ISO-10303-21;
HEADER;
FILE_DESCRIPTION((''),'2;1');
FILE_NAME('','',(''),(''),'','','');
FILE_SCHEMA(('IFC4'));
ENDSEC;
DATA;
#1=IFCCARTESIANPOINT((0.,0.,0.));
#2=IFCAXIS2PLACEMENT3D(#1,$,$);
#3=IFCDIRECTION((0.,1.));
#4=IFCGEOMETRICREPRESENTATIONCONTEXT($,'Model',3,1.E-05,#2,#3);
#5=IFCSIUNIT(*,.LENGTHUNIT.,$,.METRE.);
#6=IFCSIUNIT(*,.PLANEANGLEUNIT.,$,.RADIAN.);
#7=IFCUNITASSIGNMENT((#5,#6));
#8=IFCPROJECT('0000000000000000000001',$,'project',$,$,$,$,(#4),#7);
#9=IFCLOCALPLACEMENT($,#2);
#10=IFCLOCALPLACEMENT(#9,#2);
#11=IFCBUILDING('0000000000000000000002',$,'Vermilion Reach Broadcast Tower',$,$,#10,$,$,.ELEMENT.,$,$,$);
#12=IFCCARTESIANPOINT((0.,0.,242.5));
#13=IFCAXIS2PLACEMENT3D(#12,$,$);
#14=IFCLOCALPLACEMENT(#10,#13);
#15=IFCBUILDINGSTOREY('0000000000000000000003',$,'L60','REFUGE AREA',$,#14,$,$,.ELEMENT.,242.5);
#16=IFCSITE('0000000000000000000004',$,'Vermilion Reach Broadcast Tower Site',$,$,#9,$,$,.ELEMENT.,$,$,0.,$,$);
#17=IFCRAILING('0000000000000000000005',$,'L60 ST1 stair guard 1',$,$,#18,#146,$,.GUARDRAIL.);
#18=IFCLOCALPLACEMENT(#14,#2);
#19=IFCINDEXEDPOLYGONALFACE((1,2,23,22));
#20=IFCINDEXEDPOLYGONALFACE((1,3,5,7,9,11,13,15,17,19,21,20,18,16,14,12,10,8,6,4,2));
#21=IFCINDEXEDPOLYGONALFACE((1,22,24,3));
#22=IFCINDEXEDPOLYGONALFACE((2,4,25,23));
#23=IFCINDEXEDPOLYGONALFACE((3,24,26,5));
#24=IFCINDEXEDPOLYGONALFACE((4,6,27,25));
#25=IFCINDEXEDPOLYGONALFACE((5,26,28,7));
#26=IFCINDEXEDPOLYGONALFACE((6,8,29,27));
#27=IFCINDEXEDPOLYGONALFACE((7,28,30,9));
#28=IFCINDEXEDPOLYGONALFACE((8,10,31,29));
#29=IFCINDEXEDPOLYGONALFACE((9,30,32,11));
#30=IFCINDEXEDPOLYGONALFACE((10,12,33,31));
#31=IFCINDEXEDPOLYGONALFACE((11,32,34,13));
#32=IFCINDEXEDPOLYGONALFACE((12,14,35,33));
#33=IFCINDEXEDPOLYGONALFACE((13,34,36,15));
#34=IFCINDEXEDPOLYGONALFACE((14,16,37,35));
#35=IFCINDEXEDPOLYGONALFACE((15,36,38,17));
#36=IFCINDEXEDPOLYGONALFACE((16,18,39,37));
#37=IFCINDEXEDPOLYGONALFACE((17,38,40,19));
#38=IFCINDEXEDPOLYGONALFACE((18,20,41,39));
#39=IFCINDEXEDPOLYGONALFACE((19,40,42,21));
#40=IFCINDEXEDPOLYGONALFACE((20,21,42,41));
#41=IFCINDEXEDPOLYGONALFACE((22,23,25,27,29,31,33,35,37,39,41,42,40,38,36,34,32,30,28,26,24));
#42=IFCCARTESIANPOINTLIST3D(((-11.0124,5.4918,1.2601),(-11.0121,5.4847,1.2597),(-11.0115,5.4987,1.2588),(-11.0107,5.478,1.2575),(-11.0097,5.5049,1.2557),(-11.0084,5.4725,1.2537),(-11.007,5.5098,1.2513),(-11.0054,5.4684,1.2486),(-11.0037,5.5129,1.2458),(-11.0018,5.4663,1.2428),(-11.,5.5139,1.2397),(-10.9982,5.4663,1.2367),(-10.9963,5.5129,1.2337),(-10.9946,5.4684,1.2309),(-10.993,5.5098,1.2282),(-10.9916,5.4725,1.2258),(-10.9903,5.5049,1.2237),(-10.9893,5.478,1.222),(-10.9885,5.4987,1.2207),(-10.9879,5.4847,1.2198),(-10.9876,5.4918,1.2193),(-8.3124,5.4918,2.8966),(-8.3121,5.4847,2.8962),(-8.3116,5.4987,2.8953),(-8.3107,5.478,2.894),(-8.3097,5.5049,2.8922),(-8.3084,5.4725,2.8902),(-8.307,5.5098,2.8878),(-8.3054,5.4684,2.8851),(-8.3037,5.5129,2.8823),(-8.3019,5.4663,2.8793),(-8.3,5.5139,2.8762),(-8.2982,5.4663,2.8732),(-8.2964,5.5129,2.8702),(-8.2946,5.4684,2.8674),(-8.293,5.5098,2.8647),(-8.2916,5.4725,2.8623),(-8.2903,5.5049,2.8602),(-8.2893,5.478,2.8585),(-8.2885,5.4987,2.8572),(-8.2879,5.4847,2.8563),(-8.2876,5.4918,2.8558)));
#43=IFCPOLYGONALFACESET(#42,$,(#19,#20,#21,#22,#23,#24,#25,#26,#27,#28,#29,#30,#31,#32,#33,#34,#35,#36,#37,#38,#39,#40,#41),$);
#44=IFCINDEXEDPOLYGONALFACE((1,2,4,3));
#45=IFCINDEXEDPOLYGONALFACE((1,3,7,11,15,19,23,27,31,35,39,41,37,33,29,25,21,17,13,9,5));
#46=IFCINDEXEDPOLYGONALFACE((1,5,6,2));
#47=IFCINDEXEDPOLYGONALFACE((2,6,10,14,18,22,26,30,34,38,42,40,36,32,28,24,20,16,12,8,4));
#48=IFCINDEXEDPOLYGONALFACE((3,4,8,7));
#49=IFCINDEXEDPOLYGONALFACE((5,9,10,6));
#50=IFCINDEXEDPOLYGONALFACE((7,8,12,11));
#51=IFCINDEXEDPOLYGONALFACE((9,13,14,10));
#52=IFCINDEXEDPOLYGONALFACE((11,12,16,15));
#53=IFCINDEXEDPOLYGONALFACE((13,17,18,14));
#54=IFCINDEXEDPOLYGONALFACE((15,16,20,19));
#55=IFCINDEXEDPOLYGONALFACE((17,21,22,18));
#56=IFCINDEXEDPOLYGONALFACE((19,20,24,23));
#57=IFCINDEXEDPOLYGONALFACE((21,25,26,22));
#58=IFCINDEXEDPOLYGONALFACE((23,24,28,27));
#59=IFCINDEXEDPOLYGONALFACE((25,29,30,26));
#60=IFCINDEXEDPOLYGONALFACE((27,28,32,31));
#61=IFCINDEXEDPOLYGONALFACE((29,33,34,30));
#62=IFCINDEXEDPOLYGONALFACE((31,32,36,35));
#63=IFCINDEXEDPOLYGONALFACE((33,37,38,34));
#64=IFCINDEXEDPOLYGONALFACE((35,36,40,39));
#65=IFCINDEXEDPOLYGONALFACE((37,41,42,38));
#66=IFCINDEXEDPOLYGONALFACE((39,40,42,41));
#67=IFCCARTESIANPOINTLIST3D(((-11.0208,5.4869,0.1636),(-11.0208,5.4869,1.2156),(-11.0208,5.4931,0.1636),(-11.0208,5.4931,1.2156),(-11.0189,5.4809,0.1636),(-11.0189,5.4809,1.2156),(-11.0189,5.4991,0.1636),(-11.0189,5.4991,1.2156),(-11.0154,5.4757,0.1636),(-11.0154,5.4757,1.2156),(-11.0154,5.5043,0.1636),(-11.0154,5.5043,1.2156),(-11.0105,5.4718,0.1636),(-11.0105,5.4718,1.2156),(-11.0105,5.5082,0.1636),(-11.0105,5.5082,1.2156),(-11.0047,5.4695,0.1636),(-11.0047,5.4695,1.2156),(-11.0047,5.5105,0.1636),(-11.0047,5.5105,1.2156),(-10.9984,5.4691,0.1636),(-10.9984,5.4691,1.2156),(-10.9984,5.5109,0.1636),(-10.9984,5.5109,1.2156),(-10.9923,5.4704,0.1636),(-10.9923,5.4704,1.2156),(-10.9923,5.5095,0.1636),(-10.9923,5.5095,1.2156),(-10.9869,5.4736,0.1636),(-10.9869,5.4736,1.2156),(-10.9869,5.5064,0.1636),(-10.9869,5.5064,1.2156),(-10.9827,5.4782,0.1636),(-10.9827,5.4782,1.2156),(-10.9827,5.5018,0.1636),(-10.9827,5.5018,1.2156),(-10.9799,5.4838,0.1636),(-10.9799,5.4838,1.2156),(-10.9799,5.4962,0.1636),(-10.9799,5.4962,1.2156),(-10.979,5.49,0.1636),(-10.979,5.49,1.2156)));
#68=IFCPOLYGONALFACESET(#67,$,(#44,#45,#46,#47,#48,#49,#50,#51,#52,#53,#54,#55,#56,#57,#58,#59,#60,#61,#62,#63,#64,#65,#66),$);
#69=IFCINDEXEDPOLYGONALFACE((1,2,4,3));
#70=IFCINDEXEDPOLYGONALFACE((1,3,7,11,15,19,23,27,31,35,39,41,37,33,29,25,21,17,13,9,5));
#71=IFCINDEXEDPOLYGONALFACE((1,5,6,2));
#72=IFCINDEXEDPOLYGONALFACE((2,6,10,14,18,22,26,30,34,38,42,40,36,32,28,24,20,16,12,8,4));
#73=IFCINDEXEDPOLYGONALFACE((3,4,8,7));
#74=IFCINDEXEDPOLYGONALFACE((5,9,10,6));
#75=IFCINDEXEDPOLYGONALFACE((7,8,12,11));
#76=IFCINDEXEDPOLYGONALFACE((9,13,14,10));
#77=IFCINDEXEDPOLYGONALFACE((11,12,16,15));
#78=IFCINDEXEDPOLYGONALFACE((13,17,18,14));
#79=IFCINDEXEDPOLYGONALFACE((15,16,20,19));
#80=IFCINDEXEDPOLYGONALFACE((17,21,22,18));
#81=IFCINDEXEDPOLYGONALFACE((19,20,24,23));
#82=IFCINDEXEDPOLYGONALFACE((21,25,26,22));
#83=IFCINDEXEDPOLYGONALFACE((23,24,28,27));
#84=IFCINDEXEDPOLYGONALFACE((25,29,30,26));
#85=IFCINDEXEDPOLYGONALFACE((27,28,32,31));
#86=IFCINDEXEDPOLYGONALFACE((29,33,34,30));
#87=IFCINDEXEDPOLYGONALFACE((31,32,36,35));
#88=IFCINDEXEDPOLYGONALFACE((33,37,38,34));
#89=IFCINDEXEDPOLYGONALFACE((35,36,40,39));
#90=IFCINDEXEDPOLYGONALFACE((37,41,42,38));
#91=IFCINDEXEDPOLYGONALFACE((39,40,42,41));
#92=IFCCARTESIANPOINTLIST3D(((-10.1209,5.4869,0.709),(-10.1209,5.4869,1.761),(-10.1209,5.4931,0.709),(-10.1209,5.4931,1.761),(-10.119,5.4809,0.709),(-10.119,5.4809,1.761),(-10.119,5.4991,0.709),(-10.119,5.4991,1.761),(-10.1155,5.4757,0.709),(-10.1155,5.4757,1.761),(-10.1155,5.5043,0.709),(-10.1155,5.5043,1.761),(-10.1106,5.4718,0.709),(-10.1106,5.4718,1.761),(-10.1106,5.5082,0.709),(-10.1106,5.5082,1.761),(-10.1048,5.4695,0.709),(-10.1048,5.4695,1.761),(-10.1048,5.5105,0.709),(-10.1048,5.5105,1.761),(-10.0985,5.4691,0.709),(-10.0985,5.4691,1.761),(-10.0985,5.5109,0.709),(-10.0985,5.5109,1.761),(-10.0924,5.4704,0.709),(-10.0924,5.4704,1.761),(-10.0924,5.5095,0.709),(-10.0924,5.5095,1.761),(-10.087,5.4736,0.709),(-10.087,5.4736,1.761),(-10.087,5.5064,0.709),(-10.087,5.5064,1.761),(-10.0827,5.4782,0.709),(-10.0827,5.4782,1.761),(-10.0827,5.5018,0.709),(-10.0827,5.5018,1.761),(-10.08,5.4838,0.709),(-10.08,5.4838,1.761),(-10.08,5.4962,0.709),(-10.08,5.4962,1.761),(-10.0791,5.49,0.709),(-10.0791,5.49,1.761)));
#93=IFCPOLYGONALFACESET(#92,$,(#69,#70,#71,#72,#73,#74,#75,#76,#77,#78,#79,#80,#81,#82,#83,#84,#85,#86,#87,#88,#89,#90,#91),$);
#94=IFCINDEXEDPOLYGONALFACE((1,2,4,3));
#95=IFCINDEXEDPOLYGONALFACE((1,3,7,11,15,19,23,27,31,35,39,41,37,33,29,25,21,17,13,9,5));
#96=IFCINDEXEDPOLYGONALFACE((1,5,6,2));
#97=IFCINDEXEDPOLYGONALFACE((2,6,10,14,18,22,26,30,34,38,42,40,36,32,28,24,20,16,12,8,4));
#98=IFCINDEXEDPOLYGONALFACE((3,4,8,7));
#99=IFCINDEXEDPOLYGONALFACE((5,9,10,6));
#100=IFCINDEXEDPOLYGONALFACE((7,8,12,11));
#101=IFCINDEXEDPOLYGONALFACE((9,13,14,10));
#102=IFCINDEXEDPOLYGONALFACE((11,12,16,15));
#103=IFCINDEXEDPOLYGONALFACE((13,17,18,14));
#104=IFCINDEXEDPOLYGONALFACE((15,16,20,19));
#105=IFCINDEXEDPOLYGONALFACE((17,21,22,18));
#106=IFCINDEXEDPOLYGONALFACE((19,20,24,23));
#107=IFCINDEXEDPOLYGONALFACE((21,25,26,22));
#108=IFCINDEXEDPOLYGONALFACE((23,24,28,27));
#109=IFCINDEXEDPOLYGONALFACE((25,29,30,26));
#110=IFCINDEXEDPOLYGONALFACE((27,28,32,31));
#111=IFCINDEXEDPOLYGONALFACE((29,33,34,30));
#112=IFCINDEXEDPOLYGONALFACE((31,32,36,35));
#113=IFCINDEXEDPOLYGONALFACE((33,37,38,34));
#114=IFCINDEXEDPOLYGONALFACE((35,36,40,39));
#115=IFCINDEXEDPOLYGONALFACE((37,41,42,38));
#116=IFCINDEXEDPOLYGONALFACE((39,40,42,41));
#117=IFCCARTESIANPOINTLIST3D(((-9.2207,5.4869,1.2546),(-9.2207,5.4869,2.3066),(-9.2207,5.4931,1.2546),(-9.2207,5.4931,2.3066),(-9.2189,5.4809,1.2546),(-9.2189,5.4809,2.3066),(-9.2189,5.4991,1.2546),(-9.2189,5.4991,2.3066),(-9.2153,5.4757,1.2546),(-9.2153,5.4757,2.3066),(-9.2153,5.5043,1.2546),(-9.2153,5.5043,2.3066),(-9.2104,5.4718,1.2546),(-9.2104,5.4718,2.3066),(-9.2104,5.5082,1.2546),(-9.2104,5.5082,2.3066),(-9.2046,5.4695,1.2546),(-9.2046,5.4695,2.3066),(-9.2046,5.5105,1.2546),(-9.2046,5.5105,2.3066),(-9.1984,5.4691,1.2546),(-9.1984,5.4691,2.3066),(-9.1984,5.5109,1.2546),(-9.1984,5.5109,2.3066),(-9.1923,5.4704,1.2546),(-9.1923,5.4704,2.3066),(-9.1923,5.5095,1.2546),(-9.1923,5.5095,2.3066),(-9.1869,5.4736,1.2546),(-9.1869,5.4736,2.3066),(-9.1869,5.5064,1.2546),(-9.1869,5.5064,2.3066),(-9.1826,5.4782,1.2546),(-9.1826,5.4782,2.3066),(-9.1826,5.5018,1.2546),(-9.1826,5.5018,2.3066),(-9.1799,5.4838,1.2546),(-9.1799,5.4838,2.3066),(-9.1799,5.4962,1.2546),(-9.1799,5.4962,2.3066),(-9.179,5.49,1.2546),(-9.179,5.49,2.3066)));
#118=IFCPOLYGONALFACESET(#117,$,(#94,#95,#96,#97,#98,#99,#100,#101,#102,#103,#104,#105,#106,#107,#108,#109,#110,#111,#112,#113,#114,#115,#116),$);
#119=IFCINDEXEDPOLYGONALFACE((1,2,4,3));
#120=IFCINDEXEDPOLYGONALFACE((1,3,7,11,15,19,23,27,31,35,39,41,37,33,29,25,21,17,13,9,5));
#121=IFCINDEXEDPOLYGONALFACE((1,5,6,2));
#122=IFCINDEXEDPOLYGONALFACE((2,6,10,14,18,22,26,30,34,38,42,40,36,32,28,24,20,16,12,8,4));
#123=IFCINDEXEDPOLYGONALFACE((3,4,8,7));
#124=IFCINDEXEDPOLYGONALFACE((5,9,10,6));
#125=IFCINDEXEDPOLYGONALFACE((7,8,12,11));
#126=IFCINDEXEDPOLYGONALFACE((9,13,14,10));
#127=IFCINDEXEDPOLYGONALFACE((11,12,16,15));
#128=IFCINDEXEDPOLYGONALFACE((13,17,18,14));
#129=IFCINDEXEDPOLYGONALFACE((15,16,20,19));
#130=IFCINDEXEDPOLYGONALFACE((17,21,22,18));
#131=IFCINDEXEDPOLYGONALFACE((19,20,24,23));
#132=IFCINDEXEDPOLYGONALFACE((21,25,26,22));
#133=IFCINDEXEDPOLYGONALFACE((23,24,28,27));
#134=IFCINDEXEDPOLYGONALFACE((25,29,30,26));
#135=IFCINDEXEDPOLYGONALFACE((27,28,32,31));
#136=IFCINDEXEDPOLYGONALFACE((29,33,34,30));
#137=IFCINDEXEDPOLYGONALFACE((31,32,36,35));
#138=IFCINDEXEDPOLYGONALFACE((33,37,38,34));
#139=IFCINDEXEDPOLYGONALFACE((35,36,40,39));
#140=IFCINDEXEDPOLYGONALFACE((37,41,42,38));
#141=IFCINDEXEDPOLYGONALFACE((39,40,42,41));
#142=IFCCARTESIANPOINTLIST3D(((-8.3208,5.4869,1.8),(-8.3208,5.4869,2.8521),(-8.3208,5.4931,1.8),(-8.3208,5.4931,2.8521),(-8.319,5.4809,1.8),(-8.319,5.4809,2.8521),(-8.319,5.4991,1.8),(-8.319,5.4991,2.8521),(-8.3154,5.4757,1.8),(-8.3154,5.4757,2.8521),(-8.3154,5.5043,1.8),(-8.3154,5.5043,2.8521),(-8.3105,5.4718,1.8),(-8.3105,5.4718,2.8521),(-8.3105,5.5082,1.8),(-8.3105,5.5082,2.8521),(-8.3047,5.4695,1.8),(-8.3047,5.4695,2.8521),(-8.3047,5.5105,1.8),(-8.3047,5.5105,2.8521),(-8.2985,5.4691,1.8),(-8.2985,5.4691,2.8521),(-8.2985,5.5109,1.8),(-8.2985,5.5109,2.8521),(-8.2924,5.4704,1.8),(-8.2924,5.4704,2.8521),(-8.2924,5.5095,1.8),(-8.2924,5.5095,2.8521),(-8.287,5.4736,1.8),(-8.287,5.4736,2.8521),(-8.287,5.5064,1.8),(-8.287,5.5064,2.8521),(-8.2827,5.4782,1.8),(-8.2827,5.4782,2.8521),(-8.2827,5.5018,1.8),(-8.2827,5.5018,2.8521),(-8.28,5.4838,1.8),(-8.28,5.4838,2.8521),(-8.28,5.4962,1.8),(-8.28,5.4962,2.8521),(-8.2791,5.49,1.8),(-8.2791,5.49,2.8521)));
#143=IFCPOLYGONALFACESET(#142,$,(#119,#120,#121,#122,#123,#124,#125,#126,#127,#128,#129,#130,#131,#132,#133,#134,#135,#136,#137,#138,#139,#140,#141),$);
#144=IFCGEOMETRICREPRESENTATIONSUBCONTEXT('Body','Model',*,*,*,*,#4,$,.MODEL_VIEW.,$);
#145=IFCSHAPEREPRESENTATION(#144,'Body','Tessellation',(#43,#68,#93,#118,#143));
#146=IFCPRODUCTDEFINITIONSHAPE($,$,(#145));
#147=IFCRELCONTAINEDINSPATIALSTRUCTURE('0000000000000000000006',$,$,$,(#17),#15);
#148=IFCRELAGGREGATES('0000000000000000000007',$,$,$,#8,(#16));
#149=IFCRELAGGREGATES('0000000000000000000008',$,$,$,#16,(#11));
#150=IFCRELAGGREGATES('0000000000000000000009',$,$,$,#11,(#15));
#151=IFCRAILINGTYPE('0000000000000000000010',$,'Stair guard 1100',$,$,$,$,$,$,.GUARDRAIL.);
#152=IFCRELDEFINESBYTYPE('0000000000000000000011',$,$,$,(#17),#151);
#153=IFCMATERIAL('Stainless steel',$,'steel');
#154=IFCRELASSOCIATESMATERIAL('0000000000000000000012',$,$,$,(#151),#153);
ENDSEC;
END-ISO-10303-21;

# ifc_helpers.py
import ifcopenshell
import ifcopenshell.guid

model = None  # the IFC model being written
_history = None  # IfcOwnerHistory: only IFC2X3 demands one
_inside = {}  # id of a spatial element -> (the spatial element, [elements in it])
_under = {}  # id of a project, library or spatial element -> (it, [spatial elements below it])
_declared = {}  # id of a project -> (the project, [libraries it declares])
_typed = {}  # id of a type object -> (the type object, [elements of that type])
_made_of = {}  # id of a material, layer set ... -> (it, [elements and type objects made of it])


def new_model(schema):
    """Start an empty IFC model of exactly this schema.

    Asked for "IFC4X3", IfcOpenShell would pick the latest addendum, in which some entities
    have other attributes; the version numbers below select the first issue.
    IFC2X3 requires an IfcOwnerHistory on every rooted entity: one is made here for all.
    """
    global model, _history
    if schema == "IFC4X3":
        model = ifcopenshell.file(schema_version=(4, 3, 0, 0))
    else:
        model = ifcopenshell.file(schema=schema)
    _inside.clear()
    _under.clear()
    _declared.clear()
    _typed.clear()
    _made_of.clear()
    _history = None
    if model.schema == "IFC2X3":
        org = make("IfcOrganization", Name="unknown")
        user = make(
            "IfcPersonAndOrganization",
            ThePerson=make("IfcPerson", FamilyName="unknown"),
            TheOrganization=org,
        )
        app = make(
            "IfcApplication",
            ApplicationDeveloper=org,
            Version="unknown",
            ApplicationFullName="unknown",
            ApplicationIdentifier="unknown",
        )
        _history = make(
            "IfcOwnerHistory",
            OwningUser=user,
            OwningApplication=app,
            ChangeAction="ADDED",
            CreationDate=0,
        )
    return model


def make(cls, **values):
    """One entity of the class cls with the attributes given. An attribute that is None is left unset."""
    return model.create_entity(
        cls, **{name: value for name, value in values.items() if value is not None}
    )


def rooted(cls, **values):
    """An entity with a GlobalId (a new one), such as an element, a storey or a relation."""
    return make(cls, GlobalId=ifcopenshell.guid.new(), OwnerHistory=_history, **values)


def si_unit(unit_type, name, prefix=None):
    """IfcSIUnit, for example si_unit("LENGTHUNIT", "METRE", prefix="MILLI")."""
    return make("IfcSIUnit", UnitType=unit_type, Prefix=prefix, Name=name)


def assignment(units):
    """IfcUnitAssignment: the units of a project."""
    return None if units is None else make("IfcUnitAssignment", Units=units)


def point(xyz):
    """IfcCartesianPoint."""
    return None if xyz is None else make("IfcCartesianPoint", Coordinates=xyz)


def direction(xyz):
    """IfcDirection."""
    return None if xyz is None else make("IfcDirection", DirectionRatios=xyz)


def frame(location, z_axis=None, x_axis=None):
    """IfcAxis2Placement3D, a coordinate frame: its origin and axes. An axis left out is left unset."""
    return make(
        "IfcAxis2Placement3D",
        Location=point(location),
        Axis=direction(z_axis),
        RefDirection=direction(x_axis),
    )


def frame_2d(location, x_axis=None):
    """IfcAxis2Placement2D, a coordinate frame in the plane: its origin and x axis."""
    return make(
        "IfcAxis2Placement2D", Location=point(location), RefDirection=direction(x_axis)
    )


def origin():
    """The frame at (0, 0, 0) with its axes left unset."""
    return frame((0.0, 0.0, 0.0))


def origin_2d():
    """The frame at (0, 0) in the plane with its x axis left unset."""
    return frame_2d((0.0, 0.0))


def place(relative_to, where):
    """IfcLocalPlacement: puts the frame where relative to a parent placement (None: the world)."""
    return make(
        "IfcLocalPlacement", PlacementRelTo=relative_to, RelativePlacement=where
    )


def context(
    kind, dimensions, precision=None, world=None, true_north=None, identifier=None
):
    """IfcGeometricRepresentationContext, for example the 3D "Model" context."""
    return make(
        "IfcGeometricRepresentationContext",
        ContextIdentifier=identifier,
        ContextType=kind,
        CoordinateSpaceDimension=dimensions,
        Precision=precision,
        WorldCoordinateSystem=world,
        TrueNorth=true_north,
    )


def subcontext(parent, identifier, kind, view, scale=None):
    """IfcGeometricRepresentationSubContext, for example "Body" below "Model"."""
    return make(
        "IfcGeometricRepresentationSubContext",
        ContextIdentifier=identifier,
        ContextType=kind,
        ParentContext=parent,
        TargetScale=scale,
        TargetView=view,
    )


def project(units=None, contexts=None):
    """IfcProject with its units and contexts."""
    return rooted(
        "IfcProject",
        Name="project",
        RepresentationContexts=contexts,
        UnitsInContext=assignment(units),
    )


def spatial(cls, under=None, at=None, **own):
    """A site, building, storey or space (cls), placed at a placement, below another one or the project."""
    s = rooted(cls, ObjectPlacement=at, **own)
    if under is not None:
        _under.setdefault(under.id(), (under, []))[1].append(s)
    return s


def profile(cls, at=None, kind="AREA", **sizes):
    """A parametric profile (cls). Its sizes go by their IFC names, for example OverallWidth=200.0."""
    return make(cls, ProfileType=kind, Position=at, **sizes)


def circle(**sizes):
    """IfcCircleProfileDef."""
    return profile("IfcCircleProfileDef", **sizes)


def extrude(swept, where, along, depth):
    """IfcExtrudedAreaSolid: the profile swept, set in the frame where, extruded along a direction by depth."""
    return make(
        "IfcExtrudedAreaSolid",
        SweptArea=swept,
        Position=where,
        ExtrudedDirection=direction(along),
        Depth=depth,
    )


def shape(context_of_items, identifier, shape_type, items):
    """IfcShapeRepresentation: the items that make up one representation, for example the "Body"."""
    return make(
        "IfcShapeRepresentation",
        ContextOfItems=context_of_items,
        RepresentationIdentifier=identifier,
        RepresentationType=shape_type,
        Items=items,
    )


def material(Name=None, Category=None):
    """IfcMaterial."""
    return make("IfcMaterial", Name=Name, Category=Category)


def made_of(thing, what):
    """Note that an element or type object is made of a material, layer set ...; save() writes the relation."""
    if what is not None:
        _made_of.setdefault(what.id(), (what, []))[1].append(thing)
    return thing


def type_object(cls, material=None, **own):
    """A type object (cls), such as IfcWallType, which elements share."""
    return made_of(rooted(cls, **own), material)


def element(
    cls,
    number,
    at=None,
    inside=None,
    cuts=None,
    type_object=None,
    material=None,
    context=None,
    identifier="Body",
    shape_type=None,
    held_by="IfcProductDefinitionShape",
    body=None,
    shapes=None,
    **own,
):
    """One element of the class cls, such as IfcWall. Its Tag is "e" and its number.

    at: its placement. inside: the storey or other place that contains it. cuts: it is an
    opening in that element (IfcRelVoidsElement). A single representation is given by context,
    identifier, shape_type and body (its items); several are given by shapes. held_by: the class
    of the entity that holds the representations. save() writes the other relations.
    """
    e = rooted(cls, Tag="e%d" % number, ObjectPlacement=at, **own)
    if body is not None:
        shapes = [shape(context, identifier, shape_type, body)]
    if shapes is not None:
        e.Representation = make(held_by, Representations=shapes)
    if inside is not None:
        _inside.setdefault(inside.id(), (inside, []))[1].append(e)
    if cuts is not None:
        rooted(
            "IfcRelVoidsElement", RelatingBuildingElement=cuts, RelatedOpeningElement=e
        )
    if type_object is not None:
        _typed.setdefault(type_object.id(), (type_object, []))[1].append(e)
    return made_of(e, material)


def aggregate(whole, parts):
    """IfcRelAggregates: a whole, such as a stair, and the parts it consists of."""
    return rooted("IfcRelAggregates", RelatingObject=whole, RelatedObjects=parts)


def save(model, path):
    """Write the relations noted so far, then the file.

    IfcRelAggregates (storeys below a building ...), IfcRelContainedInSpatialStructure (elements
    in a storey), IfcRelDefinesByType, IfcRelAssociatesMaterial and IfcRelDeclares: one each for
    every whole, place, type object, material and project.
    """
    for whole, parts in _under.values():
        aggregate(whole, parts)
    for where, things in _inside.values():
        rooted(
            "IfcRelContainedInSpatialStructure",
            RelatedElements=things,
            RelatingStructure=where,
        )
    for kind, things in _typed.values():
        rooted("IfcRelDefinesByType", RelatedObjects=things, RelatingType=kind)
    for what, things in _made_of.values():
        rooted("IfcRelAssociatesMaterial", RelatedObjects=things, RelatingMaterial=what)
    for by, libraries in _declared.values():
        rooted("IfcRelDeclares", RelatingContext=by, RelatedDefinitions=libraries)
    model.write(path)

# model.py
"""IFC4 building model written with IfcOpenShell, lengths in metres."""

from ifc_helpers import new_model, si_unit, direction, frame, origin, origin_2d, place, context, subcontext, project, spatial, circle, extrude, material, type_object, element, save


model = new_model("IFC4")

# Units and contexts
model_context = context("Model", 3, precision=1e-05, world=origin(), true_north=direction((0.0, 1.0)))
body_context = subcontext(model_context, "Body", "Model", "MODEL_VIEW")
ifc_project = project(units=[si_unit("LENGTHUNIT", "METRE"), si_unit("PLANEANGLEUNIT", "RADIAN")], contexts=[model_context])

# Site, building, storey
site_placement = place(None, origin())
site = spatial("IfcSite", under=ifc_project, at=site_placement, Name="Vermilion Reach Broadcast Tower Site", CompositionType="ELEMENT", RefElevation=0.0)
building_placement = place(site_placement, origin())
building = spatial("IfcBuilding", under=site, at=building_placement, Name="Vermilion Reach Broadcast Tower", CompositionType="ELEMENT")
storey_placement = place(building_placement, frame((0.0, 0.0, 242.5)))
storey = spatial("IfcBuildingStorey", under=building, at=storey_placement, Name="L60", Description="REFUGE AREA", CompositionType="ELEMENT", Elevation=242.5)

# Railing
ifc_material_1 = material(Name="Stainless steel", Category="steel")
railing_type_1 = type_object("IfcRailingType", Name="Stair guard 1100", PredefinedType="GUARDRAIL", material=ifc_material_1)
railing_1_placement = place(storey_placement, frame((-11.0, 5.49, 0.1636)))
element("IfcRailing", 1, at=railing_1_placement, inside=storey, type_object=railing_type_1, Name="L60 ST1 stair guard 1", PredefinedType="GUARDRAIL", context=body_context, shape_type="SweptSolid", body=[
    extrude(circle(Radius=0.0239, at=origin_2d()), frame((0.0, 0.0, 1.0762), z_axis=(0.855178, 0.0, 0.518334), x_axis=(0.0, 1.0, 0.0)), (0.0, 0.0, 1.0), 3.1572),
    extrude(circle(Radius=0.021, at=origin_2d()), origin(), (0.0, 0.0, 1.0), 1.052),
    extrude(circle(Radius=0.021, at=origin_2d()), frame((0.8999, 0.0, 0.5454)), (0.0, 0.0, 1.0), 1.052),
    extrude(circle(Radius=0.021, at=origin_2d()), frame((1.8, 0.0, 1.0911)), (0.0, 0.0, 1.0), 1.052),
    extrude(circle(Radius=0.021, at=origin_2d()), frame((2.7, 0.0, 1.6365)), (0.0, 0.0, 1.0), 1.052),
])

save(model, "model.ifc")
